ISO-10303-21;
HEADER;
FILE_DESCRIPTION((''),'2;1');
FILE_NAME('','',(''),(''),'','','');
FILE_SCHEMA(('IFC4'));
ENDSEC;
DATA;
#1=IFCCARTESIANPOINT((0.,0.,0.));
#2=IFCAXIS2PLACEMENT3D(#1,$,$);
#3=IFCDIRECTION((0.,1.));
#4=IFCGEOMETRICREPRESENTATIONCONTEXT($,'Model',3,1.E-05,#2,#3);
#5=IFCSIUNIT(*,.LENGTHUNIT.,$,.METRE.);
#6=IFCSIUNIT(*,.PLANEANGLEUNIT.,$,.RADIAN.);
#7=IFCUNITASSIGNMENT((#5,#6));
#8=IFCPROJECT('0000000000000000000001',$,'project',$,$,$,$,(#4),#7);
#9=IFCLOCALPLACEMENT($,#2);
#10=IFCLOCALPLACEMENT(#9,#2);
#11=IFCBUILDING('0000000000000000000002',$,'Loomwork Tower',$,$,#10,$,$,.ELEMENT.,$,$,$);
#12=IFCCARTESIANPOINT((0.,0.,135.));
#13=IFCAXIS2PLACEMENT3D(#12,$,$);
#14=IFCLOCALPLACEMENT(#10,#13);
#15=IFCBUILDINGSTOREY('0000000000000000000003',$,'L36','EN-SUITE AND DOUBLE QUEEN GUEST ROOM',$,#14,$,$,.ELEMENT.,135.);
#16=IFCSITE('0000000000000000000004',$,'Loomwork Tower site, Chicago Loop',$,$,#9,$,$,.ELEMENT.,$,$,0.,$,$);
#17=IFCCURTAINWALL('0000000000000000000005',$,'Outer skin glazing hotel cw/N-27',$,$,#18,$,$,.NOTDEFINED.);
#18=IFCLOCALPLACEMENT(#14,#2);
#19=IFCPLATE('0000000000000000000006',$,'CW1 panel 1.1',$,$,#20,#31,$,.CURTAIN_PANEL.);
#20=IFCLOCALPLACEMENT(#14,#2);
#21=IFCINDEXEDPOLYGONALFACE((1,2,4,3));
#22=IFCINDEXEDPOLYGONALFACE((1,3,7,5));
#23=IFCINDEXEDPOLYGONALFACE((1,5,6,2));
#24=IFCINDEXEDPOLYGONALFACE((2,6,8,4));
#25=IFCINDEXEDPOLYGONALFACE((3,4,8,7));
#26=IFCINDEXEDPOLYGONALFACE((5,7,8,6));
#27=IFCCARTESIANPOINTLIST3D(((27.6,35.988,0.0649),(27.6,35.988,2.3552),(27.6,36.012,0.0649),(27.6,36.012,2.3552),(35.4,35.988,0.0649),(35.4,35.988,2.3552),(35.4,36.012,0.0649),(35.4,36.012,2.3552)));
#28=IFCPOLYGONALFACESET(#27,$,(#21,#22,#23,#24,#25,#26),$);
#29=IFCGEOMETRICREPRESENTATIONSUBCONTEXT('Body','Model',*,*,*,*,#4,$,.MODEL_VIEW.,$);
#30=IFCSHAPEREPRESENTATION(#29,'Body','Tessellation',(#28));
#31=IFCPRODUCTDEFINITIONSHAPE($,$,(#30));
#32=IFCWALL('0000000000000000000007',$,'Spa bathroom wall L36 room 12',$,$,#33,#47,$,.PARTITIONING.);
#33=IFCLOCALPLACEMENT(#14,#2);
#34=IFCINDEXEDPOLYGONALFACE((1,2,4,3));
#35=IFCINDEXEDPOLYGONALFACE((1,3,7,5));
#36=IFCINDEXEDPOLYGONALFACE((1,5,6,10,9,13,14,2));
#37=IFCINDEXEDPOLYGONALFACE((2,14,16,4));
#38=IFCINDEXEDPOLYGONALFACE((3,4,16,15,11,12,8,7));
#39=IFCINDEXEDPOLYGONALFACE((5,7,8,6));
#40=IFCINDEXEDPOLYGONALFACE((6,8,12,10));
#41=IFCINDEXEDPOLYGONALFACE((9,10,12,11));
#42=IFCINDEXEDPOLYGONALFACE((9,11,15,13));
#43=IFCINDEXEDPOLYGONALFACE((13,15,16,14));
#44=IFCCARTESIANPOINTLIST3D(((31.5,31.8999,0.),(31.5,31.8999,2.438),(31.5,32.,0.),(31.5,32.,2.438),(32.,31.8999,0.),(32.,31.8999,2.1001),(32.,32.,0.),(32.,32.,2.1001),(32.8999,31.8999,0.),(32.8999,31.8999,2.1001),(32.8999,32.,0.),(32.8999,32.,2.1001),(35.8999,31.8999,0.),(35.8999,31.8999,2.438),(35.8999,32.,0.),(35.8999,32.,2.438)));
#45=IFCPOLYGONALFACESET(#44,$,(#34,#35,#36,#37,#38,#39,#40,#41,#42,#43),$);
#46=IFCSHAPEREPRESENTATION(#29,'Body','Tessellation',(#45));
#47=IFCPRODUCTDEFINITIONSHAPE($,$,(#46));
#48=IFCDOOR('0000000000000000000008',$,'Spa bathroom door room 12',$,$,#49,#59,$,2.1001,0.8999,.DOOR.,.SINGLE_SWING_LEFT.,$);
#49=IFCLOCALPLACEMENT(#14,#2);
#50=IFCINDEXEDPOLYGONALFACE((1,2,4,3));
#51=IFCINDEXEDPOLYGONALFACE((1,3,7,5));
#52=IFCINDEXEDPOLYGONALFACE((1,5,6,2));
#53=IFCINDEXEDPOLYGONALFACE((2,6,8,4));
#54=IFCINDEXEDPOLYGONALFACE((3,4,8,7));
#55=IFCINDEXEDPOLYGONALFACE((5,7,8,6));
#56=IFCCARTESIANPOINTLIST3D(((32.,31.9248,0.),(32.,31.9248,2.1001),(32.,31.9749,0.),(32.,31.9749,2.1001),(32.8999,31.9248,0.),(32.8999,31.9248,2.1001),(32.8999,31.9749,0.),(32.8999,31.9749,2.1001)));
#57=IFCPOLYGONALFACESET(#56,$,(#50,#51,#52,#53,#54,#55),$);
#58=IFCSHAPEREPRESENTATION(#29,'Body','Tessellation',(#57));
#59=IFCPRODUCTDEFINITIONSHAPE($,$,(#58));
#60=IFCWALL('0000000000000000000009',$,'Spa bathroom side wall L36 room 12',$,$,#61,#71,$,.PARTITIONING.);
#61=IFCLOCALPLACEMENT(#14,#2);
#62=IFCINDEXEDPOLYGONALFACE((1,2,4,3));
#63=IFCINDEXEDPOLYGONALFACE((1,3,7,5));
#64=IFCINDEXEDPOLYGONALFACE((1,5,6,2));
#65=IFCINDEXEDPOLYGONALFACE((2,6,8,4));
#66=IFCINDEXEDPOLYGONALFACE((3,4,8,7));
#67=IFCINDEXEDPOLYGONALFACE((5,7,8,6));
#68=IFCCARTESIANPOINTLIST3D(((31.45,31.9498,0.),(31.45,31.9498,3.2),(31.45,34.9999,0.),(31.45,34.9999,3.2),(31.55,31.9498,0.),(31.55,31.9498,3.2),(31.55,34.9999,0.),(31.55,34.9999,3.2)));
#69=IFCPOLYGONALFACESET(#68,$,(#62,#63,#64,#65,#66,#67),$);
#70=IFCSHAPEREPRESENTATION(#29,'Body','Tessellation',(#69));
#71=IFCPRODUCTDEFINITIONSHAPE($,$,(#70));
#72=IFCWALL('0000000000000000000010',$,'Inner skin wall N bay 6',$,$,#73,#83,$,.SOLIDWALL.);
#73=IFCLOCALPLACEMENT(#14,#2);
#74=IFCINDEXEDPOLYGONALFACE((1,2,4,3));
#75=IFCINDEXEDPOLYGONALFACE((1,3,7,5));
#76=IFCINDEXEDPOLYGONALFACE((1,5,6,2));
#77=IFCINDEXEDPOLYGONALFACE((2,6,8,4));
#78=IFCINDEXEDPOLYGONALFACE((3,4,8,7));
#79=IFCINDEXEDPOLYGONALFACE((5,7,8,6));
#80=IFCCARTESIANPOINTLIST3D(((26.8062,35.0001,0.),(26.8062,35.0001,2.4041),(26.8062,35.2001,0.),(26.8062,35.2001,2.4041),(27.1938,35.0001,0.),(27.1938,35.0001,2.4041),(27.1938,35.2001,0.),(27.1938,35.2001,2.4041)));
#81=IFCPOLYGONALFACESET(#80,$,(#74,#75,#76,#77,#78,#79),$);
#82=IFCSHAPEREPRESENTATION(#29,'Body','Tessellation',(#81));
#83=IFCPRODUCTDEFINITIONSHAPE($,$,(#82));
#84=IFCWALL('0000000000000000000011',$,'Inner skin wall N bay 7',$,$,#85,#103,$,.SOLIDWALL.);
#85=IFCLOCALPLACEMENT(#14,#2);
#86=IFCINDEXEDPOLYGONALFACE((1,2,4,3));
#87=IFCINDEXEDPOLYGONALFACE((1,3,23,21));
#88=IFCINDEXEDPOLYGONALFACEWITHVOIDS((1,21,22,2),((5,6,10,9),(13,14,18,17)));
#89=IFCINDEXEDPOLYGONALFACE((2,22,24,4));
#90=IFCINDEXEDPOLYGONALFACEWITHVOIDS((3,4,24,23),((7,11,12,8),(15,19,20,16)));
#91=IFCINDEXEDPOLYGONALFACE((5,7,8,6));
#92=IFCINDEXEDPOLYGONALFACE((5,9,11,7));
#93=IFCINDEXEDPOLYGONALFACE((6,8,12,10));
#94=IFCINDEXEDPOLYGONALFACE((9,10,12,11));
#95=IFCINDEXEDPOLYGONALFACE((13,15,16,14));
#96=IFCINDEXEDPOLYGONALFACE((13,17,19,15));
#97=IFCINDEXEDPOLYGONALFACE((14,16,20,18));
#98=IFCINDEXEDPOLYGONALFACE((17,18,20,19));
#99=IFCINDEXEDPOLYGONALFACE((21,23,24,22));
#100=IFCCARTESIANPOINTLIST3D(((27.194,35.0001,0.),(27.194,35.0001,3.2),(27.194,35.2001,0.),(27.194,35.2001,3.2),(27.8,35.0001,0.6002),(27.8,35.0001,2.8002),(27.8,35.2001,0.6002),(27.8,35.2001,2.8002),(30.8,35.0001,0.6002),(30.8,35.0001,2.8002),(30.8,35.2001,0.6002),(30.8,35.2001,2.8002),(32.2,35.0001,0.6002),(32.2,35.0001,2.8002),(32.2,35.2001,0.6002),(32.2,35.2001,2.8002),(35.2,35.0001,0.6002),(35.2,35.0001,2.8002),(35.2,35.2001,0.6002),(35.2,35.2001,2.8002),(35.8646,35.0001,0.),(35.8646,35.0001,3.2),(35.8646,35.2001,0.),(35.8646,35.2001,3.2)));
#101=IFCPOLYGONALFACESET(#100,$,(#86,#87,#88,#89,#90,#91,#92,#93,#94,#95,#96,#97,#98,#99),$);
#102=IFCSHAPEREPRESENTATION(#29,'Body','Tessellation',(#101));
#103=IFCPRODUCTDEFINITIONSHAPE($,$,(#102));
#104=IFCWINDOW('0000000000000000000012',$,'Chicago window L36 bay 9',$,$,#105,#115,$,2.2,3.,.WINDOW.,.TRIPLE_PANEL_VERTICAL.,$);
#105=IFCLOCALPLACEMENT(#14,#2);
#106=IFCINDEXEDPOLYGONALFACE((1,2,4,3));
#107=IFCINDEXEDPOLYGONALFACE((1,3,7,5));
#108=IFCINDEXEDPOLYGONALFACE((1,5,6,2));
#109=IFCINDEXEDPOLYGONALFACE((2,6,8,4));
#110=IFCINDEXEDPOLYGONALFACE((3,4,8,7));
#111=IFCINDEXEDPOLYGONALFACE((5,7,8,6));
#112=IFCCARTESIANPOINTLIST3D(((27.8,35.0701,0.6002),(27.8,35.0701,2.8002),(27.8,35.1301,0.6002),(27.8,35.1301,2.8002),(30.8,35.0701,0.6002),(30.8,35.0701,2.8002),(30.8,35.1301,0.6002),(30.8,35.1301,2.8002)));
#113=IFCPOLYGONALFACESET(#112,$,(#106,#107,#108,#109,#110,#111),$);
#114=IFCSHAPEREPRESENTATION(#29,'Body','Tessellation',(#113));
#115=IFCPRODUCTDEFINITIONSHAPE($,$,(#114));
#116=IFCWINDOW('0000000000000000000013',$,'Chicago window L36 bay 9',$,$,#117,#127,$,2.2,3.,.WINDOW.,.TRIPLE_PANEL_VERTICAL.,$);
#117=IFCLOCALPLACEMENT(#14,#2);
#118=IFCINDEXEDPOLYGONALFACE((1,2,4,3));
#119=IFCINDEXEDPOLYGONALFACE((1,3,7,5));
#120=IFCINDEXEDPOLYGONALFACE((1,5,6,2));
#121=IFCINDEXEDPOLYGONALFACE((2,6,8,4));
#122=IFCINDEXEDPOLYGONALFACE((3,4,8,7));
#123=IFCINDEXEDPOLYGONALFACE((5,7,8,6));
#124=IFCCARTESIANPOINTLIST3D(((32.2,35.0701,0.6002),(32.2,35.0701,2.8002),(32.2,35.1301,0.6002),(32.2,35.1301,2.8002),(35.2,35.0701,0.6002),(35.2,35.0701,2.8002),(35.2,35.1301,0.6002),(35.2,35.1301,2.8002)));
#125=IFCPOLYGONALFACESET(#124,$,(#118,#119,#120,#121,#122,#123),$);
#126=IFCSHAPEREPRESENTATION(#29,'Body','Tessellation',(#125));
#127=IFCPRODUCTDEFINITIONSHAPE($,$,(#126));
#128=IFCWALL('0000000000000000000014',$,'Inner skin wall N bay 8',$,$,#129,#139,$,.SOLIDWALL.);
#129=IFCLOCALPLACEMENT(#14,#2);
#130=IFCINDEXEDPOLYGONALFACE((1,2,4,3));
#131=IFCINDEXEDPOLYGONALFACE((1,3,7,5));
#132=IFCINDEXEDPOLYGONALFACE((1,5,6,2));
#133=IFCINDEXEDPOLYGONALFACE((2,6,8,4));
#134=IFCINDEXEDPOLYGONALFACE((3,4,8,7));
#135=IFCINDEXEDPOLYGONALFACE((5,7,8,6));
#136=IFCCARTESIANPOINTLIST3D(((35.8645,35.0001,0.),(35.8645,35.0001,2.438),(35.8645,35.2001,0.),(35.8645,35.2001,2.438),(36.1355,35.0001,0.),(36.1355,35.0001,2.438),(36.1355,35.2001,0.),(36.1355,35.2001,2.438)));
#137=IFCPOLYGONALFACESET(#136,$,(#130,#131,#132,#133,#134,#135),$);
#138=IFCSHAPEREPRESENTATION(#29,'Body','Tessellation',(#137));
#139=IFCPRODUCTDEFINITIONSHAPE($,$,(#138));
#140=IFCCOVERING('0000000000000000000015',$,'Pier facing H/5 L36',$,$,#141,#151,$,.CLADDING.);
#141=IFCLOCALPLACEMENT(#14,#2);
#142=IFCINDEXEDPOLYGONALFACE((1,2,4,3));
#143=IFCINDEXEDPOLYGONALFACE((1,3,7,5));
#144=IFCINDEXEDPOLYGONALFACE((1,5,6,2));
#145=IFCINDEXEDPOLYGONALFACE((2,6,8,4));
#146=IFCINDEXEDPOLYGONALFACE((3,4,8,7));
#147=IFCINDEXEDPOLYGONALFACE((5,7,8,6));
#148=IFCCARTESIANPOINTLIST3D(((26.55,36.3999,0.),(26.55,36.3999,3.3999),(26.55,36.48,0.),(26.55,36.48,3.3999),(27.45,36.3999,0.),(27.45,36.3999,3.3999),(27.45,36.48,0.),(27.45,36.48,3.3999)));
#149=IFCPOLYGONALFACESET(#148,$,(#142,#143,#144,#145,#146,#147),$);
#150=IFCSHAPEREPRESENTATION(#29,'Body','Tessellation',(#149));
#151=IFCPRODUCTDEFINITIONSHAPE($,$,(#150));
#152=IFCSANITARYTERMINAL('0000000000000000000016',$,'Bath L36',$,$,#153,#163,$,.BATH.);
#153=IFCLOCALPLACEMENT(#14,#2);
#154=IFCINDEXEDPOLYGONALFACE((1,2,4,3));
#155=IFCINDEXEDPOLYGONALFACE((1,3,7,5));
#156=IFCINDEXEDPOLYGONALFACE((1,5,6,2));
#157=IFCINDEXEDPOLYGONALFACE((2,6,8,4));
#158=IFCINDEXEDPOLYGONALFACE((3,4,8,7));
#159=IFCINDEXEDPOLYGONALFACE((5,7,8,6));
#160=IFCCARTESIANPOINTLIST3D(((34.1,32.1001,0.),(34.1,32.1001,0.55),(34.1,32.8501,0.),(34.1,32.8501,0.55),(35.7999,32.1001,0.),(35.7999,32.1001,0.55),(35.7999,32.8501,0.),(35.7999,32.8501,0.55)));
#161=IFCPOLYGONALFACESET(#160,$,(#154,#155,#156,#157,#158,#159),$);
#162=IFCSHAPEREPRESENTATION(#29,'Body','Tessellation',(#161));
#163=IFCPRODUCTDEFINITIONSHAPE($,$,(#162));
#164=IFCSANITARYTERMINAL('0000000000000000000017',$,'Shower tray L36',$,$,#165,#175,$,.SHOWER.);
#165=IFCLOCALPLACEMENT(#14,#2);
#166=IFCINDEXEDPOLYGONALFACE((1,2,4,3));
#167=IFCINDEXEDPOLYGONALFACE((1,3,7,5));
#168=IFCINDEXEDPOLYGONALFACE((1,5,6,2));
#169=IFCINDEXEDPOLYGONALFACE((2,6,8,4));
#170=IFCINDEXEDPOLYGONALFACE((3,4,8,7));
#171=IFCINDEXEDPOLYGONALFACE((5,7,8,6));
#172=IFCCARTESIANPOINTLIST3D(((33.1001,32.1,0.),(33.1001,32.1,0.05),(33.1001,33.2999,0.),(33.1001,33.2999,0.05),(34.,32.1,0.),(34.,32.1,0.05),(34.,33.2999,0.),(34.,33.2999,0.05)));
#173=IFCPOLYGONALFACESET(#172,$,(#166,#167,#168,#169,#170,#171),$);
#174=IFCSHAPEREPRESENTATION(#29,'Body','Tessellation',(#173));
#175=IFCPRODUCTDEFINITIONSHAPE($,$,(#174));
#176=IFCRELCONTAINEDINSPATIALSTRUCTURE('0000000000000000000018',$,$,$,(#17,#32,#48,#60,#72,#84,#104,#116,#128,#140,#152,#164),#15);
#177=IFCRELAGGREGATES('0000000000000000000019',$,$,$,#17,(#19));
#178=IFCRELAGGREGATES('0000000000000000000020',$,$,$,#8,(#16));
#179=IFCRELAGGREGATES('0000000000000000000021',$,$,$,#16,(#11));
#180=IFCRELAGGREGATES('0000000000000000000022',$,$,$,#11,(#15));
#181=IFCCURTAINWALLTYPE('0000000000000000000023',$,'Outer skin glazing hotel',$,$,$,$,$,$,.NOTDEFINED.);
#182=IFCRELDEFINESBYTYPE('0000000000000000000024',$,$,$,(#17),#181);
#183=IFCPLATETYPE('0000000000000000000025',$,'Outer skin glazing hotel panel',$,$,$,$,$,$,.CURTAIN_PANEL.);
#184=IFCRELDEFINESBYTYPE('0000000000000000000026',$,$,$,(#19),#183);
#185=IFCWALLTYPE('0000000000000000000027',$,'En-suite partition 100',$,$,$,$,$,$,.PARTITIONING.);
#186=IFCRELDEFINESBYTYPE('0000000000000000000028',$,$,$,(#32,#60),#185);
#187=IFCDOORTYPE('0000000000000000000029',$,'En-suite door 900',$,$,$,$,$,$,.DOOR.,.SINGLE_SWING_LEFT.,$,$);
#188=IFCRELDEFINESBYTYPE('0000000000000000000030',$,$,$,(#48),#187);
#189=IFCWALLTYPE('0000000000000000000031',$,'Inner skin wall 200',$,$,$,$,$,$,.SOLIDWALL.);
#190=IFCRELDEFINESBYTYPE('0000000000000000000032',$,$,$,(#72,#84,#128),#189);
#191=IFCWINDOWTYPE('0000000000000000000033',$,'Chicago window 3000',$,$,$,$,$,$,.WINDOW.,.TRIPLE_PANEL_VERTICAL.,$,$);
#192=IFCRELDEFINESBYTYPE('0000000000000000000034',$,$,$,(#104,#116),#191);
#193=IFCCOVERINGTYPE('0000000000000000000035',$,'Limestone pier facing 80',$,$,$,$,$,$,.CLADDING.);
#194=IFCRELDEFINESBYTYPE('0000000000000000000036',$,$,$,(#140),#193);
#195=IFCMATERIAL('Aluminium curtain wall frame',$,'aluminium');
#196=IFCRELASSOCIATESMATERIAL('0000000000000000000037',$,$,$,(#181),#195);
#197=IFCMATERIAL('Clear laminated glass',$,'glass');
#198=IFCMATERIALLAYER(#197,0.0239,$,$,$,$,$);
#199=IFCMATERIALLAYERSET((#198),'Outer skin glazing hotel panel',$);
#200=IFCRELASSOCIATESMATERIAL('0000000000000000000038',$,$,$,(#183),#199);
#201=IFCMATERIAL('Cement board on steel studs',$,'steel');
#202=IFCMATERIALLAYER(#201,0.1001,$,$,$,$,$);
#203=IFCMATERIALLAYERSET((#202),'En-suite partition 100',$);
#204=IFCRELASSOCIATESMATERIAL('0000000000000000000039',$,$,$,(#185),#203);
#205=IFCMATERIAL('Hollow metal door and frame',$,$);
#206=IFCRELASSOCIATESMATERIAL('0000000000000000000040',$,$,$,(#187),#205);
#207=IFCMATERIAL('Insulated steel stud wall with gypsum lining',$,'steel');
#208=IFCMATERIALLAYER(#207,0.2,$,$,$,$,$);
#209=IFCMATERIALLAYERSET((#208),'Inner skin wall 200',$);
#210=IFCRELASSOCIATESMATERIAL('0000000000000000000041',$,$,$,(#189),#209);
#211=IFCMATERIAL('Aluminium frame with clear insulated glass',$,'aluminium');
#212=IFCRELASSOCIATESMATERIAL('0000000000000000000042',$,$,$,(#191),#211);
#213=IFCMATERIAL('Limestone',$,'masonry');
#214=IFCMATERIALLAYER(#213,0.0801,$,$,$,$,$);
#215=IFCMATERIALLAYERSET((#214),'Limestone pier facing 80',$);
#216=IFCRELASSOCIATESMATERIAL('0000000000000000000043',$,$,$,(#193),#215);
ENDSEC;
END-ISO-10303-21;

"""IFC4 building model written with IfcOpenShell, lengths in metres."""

from ifc_helpers import new_model, si_unit, direction, frame, frame_2d, origin, origin_2d, place, context, subcontext, project, spatial, rectangle, extrude, material, layer, layer_set, type_object, element, fill, aggregate, save


model = new_model("IFC4")

# Units and contexts
model_context = context("Model", 3, precision=1e-05, world=origin(), true_north=direction((0.0, 1.0)))
body_context = subcontext(model_context, "Body", "Model", "MODEL_VIEW")
ifc_project = project(units=[si_unit("LENGTHUNIT", "METRE"), si_unit("PLANEANGLEUNIT", "RADIAN")], contexts=[model_context])

# Site, building, storey
site_placement = place(None, origin())
site = spatial("IfcSite", under=ifc_project, at=site_placement, Name="Loomwork Tower site, Chicago Loop", CompositionType="ELEMENT", RefElevation=0.0)
building_placement = place(site_placement, origin())
building = spatial("IfcBuilding", under=site, at=building_placement, Name="Loomwork Tower", CompositionType="ELEMENT")
storey_placement = place(building_placement, frame((0.0, 0.0, 135.0)))
storey = spatial("IfcBuildingStorey", under=building, at=storey_placement, Name="L36", Description="EN-SUITE AND DOUBLE QUEEN GUEST ROOM", CompositionType="ELEMENT", Elevation=135.0)

# Curtain wall
ifc_material_1 = material(Name="Aluminium curtain wall frame", Category="aluminium")
curtain_wall_type = type_object("IfcCurtainWallType", Name="Outer skin glazing hotel", PredefinedType="NOTDEFINED", material=ifc_material_1)
curtain_wall_1_placement = place(storey_placement, origin())
curtain_wall_1 = element("IfcCurtainWall", 1, at=curtain_wall_1_placement, inside=storey, type_object=curtain_wall_type, Name="Outer skin glazing hotel cw/N-27", PredefinedType="NOTDEFINED")

# Plate
ifc_material_2 = material(Name="Clear laminated glass", Category="glass")
ifc_layer_1 = layer(ifc_material_2, 0.0239)
ifc_layer_set_1 = layer_set([ifc_layer_1], Name="Outer skin glazing hotel panel")
plate_type = type_object("IfcPlateType", Name="Outer skin glazing hotel panel", PredefinedType="CURTAIN_PANEL", material=ifc_layer_set_1)
plate_1_placement = place(storey_placement, frame((31.5, 36.0, 0.0649), z_axis=(0.0, 0.0, 1.0), x_axis=(-1.0, 0.0, 0.0)))
plate_1 = element("IfcPlate", 2, at=plate_1_placement, type_object=plate_type, Name="CW1 panel 1.1", PredefinedType="CURTAIN_PANEL", context=body_context, shape_type="SweptSolid", body=[
    extrude(rectangle(XDim=7.8, YDim=0.0239, at=origin_2d()), origin(), (0.0, 0.0, 1.0), 2.2903),
])
aggregate(curtain_wall_1, [plate_1])

# Wall, opening, door
ifc_material_3 = material(Name="Cement board on steel studs", Category="steel")
ifc_layer_2 = layer(ifc_material_3, 0.1001)
ifc_layer_set_2 = layer_set([ifc_layer_2], Name="En-suite partition 100")
wall_type_1 = type_object("IfcWallType", Name="En-suite partition 100", PredefinedType="PARTITIONING", material=ifc_layer_set_2)
wall_1_placement = place(storey_placement, frame((31.5, 31.95, 0.0), z_axis=(0.0, 0.0, 1.0), x_axis=(1.0, 0.0, 0.0)))
wall_1 = element("IfcWall", 3, at=wall_1_placement, inside=storey, type_object=wall_type_1, Name="Spa bathroom wall L36 room 12", PredefinedType="PARTITIONING", context=body_context, shape_type="SweptSolid", body=[
    extrude(rectangle(XDim=4.3999, YDim=0.1001, at=frame_2d((2.2, 0.0))), origin(), (0.0, 0.0, 1.0), 2.438),
])
opening_1_placement = place(wall_1_placement, frame((0.5, 0.0, 0.0)))
opening_1 = element("IfcOpeningElement", 4, at=opening_1_placement, cuts=wall_1, PredefinedType="OPENING", context=body_context, shape_type="SweptSolid", body=[
    extrude(rectangle(XDim=0.8999, YDim=2.1001, at=frame_2d((0.45, 1.05))), frame((0.0, 0.0601, 0.0), z_axis=(0.0, -1.0, 0.0), x_axis=(1.0, 0.0, 0.0)), (0.0, 0.0, 1.0), 0.1201),
])
ifc_material_4 = material(Name="Hollow metal door and frame")
door_type = type_object("IfcDoorType", Name="En-suite door 900", OperationType="SINGLE_SWING_LEFT", PredefinedType="DOOR", material=ifc_material_4)
door_placement = place(opening_1_placement, origin())
door = element("IfcDoor", 5, at=door_placement, inside=storey, type_object=door_type, Name="Spa bathroom door room 12", OperationType="SINGLE_SWING_LEFT", OverallHeight=2.1001, OverallWidth=0.8999, PredefinedType="DOOR", context=body_context, shape_type="SweptSolid", body=[
    extrude(rectangle(XDim=0.8999, YDim=2.1001, at=frame_2d((0.45, 1.05))), frame((0.0, 0.0249, 0.0), z_axis=(0.0, -1.0, 0.0), x_axis=(1.0, 0.0, 0.0)), (0.0, 0.0, 1.0), 0.05),
])
fill(opening_1, door)

# Walls
wall_2_placement = place(storey_placement, frame((31.5, 31.95, 0.0), z_axis=(0.0, 0.0, 1.0), x_axis=(0.0, 1.0, 0.0)))
element("IfcWall", 6, at=wall_2_placement, inside=storey, type_object=wall_type_1, Name="Spa bathroom side wall L36 room 12", PredefinedType="PARTITIONING", context=body_context, shape_type="SweptSolid", body=[
    extrude(rectangle(XDim=3.05, YDim=0.1001, at=frame_2d((1.5249, 0.0))), origin(), (0.0, 0.0, 1.0), 3.2),
])
ifc_material_5 = material(Name="Insulated steel stud wall with gypsum lining", Category="steel")
ifc_layer_3 = layer(ifc_material_5, 0.2)
ifc_layer_set_3 = layer_set([ifc_layer_3], Name="Inner skin wall 200")
wall_type_2 = type_object("IfcWallType", Name="Inner skin wall 200", PredefinedType="SOLIDWALL", material=ifc_layer_set_3)
wall_3_placement = place(storey_placement, frame((26.8062, 35.1001, 0.0), z_axis=(0.0, 0.0, 1.0), x_axis=(1.0, 0.0, 0.0)))
element("IfcWall", 7, at=wall_3_placement, inside=storey, type_object=wall_type_2, Name="Inner skin wall N bay 6", PredefinedType="SOLIDWALL", context=body_context, shape_type="SweptSolid", body=[
    extrude(rectangle(XDim=0.3877, YDim=0.2, at=frame_2d((0.1938, 0.0))), origin(), (0.0, 0.0, 1.0), 2.4041),
])

# Wall, openings, windows
wall_4_placement = place(storey_placement, frame((27.1938, 35.1001, 0.0), z_axis=(0.0, 0.0, 1.0), x_axis=(1.0, 0.0, 0.0)))
wall_4 = element("IfcWall", 8, at=wall_4_placement, inside=storey, type_object=wall_type_2, Name="Inner skin wall N bay 7", PredefinedType="SOLIDWALL", context=body_context, shape_type="SweptSolid", body=[
    extrude(rectangle(XDim=8.6707, YDim=0.2, at=frame_2d((4.3354, 0.0))), origin(), (0.0, 0.0, 1.0), 3.2),
])
opening_2_placement = place(wall_4_placement, frame((0.6062, 0.0, 0.6001)))
opening_2 = element("IfcOpeningElement", 9, at=opening_2_placement, cuts=wall_4, PredefinedType="OPENING", context=body_context, shape_type="SweptSolid", body=[
    extrude(rectangle(XDim=3.0, YDim=2.2, at=frame_2d((1.5, 1.1001))), frame((0.0, 0.1099, 0.0), z_axis=(0.0, -1.0, 0.0), x_axis=(1.0, 0.0, 0.0)), (0.0, 0.0, 1.0), 0.22),
])
opening_3_placement = place(wall_4_placement, frame((5.0061, 0.0, 0.6001)))
opening_3 = element("IfcOpeningElement", 10, at=opening_3_placement, cuts=wall_4, PredefinedType="OPENING", context=body_context, shape_type="SweptSolid", body=[
    extrude(rectangle(XDim=3.0, YDim=2.2, at=frame_2d((1.5, 1.1001))), frame((0.0, 0.1099, 0.0), z_axis=(0.0, -1.0, 0.0), x_axis=(1.0, 0.0, 0.0)), (0.0, 0.0, 1.0), 0.22),
])
ifc_material_6 = material(Name="Aluminium frame with clear insulated glass", Category="aluminium")
window_type = type_object("IfcWindowType", Name="Chicago window 3000", PartitioningType="TRIPLE_PANEL_VERTICAL", PredefinedType="WINDOW", material=ifc_material_6)
window_1_placement = place(opening_2_placement, origin())
window_1 = element("IfcWindow", 11, at=window_1_placement, inside=storey, type_object=window_type, Name="Chicago window L36 bay 9", OverallHeight=2.2, OverallWidth=3.0, PartitioningType="TRIPLE_PANEL_VERTICAL", PredefinedType="WINDOW", context=body_context, shape_type="SweptSolid", body=[
    extrude(rectangle(XDim=3.0, YDim=2.2, at=frame_2d((1.5, 1.1001))), frame((0.0, 0.03, 0.0), z_axis=(0.0, -1.0, 0.0), x_axis=(1.0, 0.0, 0.0)), (0.0, 0.0, 1.0), 0.0601),
])
fill(opening_2, window_1)
window_2_placement = place(opening_3_placement, origin())
window_2 = element("IfcWindow", 12, at=window_2_placement, inside=storey, type_object=window_type, Name="Chicago window L36 bay 9", OverallHeight=2.2, OverallWidth=3.0, PartitioningType="TRIPLE_PANEL_VERTICAL", PredefinedType="WINDOW", context=body_context, shape_type="SweptSolid", body=[
    extrude(rectangle(XDim=3.0, YDim=2.2, at=frame_2d((1.5, 1.1001))), frame((0.0, 0.03, 0.0), z_axis=(0.0, -1.0, 0.0), x_axis=(1.0, 0.0, 0.0)), (0.0, 0.0, 1.0), 0.0601),
])
fill(opening_3, window_2)

# Wall
wall_5_placement = place(storey_placement, frame((35.8645, 35.1001, 0.0), z_axis=(0.0, 0.0, 1.0), x_axis=(1.0, 0.0, 0.0)))
element("IfcWall", 13, at=wall_5_placement, inside=storey, type_object=wall_type_2, Name="Inner skin wall N bay 8", PredefinedType="SOLIDWALL", context=body_context, shape_type="SweptSolid", body=[
    extrude(rectangle(XDim=0.271, YDim=0.2, at=frame_2d((0.1355, 0.0))), origin(), (0.0, 0.0, 1.0), 2.438),
])

# Covering
ifc_material_7 = material(Name="Limestone", Category="masonry")
ifc_layer_4 = layer(ifc_material_7, 0.0801)
ifc_layer_set_4 = layer_set([ifc_layer_4], Name="Limestone pier facing 80")
covering_type = type_object("IfcCoveringType", Name="Limestone pier facing 80", PredefinedType="CLADDING", material=ifc_layer_set_4)
covering_placement = place(storey_placement, frame((27.0, 36.4399, 0.0), z_axis=(0.0, 0.0, 1.0), x_axis=(1.0, 0.0, 0.0)))
element("IfcCovering", 14, at=covering_placement, inside=storey, type_object=covering_type, Name="Pier facing H/5 L36", PredefinedType="CLADDING", context=body_context, shape_type="SweptSolid", body=[
    extrude(rectangle(XDim=0.8999, YDim=0.0801, at=origin_2d()), origin(), (0.0, 0.0, 1.0), 3.3999),
])

# Sanitary terminals
sanitary_terminal_1_placement = place(storey_placement, frame((34.95, 32.4751, 0.0), z_axis=(0.0, 0.0, 1.0), x_axis=(1.0, 0.0, 0.0)))
element("IfcSanitaryTerminal", 15, at=sanitary_terminal_1_placement, inside=storey, Name="Bath L36", PredefinedType="BATH", context=body_context, shape_type="SweptSolid", body=[
    extrude(rectangle(XDim=1.7, YDim=0.75, at=origin_2d()), origin(), (0.0, 0.0, 1.0), 0.55),
])
sanitary_terminal_2_placement = place(storey_placement, frame((33.55, 32.7, 0.0), z_axis=(0.0, 0.0, 1.0), x_axis=(1.0, 0.0, 0.0)))
element("IfcSanitaryTerminal", 16, at=sanitary_terminal_2_placement, inside=storey, Name="Shower tray L36", PredefinedType="SHOWER", context=body_context, shape_type="SweptSolid", body=[
    extrude(rectangle(XDim=0.8999, YDim=1.2, at=origin_2d()), origin(), (0.0, 0.0, 1.0), 0.05),
])

save(model, "model.ifc")
